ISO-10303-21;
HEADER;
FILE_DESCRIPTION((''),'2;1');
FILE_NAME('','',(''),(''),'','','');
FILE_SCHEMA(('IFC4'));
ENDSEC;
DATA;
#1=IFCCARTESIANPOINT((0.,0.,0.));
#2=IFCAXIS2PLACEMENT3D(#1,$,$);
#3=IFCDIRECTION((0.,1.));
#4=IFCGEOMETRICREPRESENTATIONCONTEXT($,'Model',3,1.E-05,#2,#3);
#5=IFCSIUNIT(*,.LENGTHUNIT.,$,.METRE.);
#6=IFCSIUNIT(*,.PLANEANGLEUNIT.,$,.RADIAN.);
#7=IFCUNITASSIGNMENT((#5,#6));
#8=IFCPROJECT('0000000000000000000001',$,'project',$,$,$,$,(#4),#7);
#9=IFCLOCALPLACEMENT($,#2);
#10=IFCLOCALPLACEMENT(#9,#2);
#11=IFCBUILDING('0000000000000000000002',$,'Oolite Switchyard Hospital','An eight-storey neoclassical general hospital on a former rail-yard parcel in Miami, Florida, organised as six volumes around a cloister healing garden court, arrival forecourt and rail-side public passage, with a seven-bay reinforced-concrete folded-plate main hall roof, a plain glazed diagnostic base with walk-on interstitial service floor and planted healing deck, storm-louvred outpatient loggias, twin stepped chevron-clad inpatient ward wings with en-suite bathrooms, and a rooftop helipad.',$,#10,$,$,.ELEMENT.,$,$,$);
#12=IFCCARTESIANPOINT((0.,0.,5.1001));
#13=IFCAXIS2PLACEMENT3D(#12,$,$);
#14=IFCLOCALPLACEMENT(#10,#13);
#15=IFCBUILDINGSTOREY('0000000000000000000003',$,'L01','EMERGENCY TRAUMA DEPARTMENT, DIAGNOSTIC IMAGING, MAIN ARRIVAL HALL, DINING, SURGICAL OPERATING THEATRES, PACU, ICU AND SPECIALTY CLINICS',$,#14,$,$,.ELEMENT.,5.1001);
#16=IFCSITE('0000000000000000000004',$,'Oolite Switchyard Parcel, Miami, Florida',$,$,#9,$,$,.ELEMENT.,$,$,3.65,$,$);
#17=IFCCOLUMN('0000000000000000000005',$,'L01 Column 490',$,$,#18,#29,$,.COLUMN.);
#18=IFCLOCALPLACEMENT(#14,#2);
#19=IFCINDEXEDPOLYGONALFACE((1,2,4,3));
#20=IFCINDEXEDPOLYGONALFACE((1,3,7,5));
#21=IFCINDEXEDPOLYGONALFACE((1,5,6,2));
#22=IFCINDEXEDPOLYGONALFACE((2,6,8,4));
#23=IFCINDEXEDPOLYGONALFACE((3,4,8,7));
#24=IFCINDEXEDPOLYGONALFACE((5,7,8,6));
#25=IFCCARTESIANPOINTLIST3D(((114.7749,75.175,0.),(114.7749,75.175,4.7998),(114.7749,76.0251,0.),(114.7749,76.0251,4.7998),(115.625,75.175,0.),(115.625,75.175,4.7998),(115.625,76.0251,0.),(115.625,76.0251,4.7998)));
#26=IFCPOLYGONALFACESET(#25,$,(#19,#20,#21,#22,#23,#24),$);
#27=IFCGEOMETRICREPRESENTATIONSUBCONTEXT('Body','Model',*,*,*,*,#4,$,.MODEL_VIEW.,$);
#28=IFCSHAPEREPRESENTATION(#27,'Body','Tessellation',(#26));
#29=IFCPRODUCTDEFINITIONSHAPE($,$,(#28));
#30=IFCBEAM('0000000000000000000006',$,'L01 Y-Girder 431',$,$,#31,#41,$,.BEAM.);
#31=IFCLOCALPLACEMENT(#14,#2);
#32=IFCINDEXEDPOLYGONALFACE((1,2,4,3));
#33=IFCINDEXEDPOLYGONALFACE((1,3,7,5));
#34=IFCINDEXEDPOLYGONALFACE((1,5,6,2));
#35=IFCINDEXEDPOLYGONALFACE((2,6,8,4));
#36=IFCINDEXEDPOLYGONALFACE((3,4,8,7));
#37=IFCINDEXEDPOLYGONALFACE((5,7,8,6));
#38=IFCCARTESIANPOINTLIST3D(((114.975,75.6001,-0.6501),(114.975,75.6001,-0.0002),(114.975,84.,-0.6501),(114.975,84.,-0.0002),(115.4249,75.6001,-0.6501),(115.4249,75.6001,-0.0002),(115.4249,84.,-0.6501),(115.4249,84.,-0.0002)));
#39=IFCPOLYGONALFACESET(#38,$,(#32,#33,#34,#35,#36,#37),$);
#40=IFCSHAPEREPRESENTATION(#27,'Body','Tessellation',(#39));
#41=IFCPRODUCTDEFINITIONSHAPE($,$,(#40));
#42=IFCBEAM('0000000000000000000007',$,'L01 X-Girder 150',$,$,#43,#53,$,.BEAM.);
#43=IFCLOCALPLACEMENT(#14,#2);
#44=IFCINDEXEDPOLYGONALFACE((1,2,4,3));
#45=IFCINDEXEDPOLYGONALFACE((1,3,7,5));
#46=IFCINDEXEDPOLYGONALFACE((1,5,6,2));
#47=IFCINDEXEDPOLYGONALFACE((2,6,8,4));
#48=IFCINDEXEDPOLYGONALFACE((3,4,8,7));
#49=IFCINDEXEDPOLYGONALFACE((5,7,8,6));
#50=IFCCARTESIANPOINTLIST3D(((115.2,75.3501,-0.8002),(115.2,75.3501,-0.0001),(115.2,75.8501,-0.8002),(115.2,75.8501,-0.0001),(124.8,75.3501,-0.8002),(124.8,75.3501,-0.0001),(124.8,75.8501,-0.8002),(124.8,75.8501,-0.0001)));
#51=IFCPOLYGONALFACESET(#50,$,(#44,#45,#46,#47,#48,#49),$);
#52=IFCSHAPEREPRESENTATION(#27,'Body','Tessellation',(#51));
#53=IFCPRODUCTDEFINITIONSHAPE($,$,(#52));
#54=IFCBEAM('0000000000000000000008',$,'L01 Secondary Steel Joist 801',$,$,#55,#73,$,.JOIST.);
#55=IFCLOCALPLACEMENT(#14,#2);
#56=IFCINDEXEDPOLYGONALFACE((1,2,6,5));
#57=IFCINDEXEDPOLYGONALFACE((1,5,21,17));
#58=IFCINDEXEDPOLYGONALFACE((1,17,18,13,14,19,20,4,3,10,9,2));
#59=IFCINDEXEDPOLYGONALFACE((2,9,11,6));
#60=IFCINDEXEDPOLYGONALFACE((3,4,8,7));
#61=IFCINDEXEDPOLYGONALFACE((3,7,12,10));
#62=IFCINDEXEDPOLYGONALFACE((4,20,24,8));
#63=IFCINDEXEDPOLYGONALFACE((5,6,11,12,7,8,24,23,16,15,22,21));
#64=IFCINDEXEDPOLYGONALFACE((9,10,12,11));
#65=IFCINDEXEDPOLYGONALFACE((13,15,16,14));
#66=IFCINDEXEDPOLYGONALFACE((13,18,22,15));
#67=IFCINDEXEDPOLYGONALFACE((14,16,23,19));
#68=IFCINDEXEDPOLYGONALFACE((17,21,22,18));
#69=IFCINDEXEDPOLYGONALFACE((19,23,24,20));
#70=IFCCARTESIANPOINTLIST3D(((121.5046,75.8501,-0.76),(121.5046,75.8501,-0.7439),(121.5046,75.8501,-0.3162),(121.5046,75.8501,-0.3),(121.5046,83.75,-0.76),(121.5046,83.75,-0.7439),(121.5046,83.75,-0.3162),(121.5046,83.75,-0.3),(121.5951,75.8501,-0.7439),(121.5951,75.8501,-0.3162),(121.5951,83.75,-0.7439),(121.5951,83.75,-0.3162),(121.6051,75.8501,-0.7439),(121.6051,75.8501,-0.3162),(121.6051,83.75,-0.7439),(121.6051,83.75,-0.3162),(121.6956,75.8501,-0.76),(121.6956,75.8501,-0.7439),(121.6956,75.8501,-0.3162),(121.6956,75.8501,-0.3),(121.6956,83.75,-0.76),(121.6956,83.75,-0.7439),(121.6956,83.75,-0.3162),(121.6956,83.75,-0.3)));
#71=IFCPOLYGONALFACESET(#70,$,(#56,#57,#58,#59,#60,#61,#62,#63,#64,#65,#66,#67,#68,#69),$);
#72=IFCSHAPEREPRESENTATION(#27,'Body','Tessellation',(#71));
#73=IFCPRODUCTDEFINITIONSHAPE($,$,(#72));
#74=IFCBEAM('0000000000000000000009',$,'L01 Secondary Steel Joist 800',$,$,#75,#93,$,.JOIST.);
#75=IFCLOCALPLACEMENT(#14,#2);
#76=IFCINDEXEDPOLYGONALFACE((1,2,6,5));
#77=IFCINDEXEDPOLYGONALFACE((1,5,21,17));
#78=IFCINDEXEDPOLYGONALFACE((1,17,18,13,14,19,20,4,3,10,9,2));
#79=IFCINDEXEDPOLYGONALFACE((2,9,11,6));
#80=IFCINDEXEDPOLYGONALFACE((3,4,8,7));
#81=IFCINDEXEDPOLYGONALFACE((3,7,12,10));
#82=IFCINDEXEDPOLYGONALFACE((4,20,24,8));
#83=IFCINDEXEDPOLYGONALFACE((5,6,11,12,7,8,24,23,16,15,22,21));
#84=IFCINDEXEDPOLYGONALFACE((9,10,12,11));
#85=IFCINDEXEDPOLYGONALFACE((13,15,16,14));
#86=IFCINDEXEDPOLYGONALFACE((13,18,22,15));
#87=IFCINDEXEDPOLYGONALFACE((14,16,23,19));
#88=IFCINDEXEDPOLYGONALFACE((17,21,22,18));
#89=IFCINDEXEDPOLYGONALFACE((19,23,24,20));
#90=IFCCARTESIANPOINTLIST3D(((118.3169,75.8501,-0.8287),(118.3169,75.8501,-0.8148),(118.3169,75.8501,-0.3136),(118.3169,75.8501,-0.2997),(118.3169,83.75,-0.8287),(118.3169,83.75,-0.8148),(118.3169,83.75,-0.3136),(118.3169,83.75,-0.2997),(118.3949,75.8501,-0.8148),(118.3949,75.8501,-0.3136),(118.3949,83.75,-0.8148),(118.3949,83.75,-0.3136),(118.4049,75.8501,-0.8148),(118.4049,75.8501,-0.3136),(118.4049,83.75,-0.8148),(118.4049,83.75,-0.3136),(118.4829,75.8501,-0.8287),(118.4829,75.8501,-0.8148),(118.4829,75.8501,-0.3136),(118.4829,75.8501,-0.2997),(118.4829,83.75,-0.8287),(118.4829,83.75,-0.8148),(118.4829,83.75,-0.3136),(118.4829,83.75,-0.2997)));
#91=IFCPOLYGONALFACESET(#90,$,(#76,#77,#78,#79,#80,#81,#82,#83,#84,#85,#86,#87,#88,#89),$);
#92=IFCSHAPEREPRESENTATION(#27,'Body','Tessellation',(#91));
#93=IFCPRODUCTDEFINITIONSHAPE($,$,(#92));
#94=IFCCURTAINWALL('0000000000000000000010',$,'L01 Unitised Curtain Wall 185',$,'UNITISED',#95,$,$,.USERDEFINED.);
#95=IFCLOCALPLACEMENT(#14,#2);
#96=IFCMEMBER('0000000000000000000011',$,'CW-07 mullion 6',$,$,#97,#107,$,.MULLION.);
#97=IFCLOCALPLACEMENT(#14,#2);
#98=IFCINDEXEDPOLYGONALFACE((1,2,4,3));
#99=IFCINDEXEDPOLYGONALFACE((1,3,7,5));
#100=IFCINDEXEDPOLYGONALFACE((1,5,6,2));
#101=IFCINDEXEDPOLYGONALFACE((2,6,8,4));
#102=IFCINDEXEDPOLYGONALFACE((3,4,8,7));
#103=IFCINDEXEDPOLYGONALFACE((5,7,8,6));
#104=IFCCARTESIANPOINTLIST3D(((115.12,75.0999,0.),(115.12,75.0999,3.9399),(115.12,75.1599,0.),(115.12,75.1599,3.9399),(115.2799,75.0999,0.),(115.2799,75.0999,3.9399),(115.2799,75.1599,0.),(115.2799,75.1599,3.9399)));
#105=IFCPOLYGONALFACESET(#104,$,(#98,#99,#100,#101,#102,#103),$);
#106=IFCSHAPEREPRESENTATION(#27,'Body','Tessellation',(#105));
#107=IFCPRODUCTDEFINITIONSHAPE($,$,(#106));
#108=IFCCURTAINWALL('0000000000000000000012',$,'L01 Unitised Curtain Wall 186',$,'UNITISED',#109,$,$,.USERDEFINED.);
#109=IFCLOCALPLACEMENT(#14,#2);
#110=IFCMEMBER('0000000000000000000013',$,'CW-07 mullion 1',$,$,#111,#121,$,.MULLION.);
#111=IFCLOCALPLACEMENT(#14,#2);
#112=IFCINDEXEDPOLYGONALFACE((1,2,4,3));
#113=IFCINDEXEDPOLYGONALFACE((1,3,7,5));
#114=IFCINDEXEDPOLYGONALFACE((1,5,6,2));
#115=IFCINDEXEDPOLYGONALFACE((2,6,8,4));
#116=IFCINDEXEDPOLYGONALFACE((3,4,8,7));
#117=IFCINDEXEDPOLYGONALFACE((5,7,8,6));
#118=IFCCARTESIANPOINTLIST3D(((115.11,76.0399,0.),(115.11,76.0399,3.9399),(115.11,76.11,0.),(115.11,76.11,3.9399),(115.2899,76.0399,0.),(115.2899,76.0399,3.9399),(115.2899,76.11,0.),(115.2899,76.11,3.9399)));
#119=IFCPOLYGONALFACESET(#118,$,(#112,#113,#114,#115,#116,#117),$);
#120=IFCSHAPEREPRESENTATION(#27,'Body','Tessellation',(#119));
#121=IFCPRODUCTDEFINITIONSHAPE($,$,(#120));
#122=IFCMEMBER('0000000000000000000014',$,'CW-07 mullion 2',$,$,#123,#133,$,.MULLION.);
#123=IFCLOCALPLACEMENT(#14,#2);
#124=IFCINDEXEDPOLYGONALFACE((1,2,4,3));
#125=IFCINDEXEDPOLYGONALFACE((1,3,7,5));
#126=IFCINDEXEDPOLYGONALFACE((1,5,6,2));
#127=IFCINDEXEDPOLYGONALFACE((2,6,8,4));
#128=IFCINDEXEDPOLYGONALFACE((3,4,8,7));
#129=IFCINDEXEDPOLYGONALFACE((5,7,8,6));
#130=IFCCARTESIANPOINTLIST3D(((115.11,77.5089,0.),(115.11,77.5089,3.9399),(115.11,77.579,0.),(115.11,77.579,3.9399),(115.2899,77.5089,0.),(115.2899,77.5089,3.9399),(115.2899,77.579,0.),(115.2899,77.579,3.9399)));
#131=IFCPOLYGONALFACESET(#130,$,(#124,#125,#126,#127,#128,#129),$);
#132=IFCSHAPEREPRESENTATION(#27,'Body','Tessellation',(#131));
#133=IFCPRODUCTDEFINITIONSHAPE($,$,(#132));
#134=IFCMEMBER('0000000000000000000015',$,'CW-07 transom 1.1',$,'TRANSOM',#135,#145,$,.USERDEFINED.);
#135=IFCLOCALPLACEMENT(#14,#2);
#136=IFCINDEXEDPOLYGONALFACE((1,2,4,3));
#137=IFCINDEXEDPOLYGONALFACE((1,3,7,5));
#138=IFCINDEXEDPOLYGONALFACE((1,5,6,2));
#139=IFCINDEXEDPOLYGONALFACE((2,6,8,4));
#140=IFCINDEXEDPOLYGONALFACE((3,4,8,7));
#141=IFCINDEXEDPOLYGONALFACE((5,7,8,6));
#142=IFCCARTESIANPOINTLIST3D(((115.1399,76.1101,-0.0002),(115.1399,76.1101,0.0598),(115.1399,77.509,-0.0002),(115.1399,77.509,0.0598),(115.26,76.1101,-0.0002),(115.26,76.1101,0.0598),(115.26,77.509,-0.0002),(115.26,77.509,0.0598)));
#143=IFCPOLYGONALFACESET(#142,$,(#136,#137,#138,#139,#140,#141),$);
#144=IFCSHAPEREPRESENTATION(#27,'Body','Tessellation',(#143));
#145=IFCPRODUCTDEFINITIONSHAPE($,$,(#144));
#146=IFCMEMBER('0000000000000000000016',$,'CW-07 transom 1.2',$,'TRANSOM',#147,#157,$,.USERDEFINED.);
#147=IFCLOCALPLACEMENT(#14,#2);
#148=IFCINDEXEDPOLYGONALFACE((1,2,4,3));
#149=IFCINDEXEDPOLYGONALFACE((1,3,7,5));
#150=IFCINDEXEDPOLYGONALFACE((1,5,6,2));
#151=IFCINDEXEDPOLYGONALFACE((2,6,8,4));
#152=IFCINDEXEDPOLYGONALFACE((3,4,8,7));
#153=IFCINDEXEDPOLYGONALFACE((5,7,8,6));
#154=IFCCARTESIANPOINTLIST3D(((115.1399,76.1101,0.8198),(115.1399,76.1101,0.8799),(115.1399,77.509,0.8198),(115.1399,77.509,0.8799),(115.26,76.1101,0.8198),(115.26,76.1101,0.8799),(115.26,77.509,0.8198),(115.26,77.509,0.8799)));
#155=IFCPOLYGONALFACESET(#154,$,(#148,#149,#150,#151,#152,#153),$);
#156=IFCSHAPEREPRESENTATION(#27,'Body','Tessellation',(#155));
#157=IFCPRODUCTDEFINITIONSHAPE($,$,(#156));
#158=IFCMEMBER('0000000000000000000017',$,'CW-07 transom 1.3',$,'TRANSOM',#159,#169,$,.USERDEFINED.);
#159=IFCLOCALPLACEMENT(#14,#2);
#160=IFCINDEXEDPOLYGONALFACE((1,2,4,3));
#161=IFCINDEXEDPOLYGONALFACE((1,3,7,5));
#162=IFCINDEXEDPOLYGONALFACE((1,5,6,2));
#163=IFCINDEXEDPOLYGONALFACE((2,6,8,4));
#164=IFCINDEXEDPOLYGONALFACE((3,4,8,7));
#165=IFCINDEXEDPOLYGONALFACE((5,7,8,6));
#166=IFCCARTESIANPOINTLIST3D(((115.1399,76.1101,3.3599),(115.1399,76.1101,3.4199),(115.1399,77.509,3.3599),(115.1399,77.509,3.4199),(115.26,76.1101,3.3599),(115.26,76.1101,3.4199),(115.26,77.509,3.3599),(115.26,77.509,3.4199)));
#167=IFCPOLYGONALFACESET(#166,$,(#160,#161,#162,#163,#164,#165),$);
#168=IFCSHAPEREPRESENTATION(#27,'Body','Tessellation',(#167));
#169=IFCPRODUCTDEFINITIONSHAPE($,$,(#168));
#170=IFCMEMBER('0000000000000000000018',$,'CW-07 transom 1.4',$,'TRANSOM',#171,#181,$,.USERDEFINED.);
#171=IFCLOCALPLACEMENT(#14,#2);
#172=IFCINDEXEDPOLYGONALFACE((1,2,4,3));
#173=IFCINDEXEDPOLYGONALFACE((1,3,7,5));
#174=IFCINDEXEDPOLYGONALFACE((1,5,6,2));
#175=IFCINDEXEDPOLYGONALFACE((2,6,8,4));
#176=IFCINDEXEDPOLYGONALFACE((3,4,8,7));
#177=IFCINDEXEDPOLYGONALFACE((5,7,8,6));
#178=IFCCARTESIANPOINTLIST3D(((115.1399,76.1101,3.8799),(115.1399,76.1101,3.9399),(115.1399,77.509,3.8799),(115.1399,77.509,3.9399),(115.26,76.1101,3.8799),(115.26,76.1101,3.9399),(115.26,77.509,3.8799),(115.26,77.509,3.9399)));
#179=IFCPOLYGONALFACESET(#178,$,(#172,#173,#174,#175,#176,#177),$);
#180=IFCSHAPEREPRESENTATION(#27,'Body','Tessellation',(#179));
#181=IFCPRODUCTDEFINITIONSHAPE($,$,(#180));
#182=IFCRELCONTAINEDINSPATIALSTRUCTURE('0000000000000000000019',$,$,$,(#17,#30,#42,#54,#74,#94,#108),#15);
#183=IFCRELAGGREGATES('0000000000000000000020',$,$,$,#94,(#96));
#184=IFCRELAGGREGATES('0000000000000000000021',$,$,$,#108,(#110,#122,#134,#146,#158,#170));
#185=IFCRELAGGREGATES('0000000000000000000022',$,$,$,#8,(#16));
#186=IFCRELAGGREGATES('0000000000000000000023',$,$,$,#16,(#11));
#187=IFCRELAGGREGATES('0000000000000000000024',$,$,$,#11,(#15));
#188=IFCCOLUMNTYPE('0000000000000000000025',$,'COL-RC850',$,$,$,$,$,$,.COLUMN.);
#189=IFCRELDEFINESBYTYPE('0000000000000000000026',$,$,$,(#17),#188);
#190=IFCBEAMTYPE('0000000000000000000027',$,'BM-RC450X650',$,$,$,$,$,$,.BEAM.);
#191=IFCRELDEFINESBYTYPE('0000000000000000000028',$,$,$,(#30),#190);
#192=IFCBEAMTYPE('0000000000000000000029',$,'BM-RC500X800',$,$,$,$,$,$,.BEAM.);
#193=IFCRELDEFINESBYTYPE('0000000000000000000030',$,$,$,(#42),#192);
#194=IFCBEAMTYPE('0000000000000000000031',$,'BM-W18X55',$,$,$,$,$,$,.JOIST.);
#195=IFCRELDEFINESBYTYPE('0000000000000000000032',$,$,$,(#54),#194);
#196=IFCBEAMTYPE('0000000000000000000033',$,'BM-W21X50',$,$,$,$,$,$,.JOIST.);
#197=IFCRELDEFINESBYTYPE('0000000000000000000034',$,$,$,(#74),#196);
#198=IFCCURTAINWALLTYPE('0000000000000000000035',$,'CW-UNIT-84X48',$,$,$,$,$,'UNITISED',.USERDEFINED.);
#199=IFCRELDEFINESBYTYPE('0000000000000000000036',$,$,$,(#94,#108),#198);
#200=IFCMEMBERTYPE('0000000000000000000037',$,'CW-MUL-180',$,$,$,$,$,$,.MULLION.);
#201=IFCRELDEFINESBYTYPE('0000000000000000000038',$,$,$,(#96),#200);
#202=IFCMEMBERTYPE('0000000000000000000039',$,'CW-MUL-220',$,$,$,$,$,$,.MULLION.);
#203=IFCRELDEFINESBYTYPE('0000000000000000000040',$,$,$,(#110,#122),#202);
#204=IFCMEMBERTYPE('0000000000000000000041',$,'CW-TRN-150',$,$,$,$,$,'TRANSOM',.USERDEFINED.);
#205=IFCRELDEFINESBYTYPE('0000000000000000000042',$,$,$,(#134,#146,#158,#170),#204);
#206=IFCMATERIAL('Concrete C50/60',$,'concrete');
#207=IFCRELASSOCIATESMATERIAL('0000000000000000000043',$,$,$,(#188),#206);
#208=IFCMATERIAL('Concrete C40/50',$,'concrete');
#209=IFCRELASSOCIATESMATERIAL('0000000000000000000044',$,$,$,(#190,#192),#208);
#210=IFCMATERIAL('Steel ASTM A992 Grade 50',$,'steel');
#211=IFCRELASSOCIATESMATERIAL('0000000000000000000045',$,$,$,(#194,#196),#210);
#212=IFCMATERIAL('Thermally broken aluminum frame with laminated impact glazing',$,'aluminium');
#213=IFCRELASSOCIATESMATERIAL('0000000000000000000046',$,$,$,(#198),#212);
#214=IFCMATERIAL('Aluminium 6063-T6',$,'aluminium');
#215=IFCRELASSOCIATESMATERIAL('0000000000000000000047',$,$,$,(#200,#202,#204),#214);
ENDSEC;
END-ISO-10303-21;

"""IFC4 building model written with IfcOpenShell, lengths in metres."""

from ifc_helpers import new_model, si_unit, direction, frame, origin, origin_2d, place, context, subcontext, project, spatial, rectangle, i_section, extrude, material, material_profile, profile_set, type_object, element, aggregate, save


model = new_model("IFC4")

# Units and contexts
model_context = context("Model", 3, precision=1e-05, world=origin(), true_north=direction((0.0, 1.0)))
body_context = subcontext(model_context, "Body", "Model", "MODEL_VIEW")
ifc_project = project(units=[si_unit("LENGTHUNIT", "METRE"), si_unit("PLANEANGLEUNIT", "RADIAN")], contexts=[model_context])

# Site, building, storey
site_placement = place(None, origin())
site = spatial("IfcSite", under=ifc_project, at=site_placement, Name="Oolite Switchyard Parcel, Miami, Florida", CompositionType="ELEMENT", RefElevation=3.65)
building_placement = place(site_placement, origin())
building = spatial("IfcBuilding", under=site, at=building_placement, Name="Oolite Switchyard Hospital", Description="An eight-storey neoclassical general hospital on a former rail-yard parcel in Miami, Florida, organised as six volumes around a cloister healing garden court, arrival forecourt and rail-side public passage, with a seven-bay reinforced-concrete folded-plate main hall roof, a plain glazed diagnostic base with walk-on interstitial service floor and planted healing deck, storm-louvred outpatient loggias, twin stepped chevron-clad inpatient ward wings with en-suite bathrooms, and a rooftop helipad.", CompositionType="ELEMENT")
storey_placement = place(building_placement, frame((0.0, 0.0, 5.1001)))
storey = spatial("IfcBuildingStorey", under=building, at=storey_placement, Name="L01", Description="EMERGENCY TRAUMA DEPARTMENT, DIAGNOSTIC IMAGING, MAIN ARRIVAL HALL, DINING, SURGICAL OPERATING THEATRES, PACU, ICU AND SPECIALTY CLINICS", CompositionType="ELEMENT", Elevation=5.1001)

# Column
ifc_material_1 = material(Name="Concrete C50/60", Category="concrete")
ifc_material_profile_1 = material_profile(ifc_material_1, rectangle(XDim=0.8501, YDim=0.8501, at=origin_2d()), Name="RC850X850")
ifc_profile_set_1 = profile_set([ifc_material_profile_1], Name="Concrete C50/60")
column_type = type_object("IfcColumnType", Name="COL-RC850", PredefinedType="COLUMN", material=ifc_profile_set_1)
column_placement = place(storey_placement, frame((115.2, 75.6001, 0.0), z_axis=(0.0, 0.0, 1.0), x_axis=(1.0, 0.0, 0.0)))
element("IfcColumn", 1, at=column_placement, inside=storey, type_object=column_type, Name="L01 Column 490", PredefinedType="COLUMN", context=body_context, shape_type="SweptSolid", body=[
    extrude(rectangle(XDim=0.8501, YDim=0.8501, at=origin_2d()), origin(), (0.0, 0.0, 1.0), 4.7998),
])

# Beams
ifc_material_2 = material(Name="Concrete C40/50", Category="concrete")
ifc_material_profile_2 = material_profile(ifc_material_2, rectangle(XDim=0.45, YDim=0.6499, at=origin_2d()), Name="RCB450X650")
ifc_profile_set_2 = profile_set([ifc_material_profile_2], Name="Concrete C40/50")
beam_type_1 = type_object("IfcBeamType", Name="BM-RC450X650", PredefinedType="BEAM", material=ifc_profile_set_2)
beam_1_placement = place(storey_placement, frame((115.2, 75.6001, -0.3252), z_axis=(0.0, 1.0, 0.0), x_axis=(-1.0, 0.0, 0.0)))
element("IfcBeam", 2, at=beam_1_placement, inside=storey, type_object=beam_type_1, Name="L01 Y-Girder 431", PredefinedType="BEAM", context=body_context, shape_type="SweptSolid", body=[
    extrude(rectangle(XDim=0.45, YDim=0.6499, at=origin_2d()), origin(), (0.0, 0.0, 1.0), 8.3999),
])
ifc_material_profile_3 = material_profile(ifc_material_2, rectangle(XDim=0.5, YDim=0.8, at=origin_2d()), Name="RCB500X800")
ifc_profile_set_3 = profile_set([ifc_material_profile_3], Name="Concrete C40/50")
beam_type_2 = type_object("IfcBeamType", Name="BM-RC500X800", PredefinedType="BEAM", material=ifc_profile_set_3)
beam_2_placement = place(storey_placement, frame((115.2, 75.6001, -0.4001), z_axis=(1.0, 0.0, 0.0), x_axis=(0.0, 1.0, 0.0)))
element("IfcBeam", 3, at=beam_2_placement, inside=storey, type_object=beam_type_2, Name="L01 X-Girder 150", PredefinedType="BEAM", context=body_context, shape_type="SweptSolid", body=[
    extrude(rectangle(XDim=0.5, YDim=0.8, at=origin_2d()), origin(), (0.0, 0.0, 1.0), 9.6001),
])
ifc_material_3 = material(Name="Steel ASTM A992 Grade 50", Category="steel")
ifc_material_profile_4 = material_profile(ifc_material_3, i_section(OverallWidth=0.1909, OverallDepth=0.46, WebThickness=0.01, FlangeThickness=0.0161, at=origin_2d()), Name="W18X55")
ifc_profile_set_4 = profile_set([ifc_material_profile_4], Name="Steel ASTM A992 Grade 50")
beam_type_3 = type_object("IfcBeamType", Name="BM-W18X55", PredefinedType="JOIST", material=ifc_profile_set_4)
beam_3_placement = place(storey_placement, frame((121.6001, 75.8501, -0.53), z_axis=(0.0, 1.0, 0.0), x_axis=(-1.0, 0.0, 0.0)))
element("IfcBeam", 4, at=beam_3_placement, inside=storey, type_object=beam_type_3, Name="L01 Secondary Steel Joist 801", PredefinedType="JOIST", context=body_context, shape_type="SweptSolid", body=[
    extrude(i_section(OverallWidth=0.1909, OverallDepth=0.46, WebThickness=0.01, FlangeThickness=0.0161, at=origin_2d()), origin(), (0.0, 0.0, 1.0), 7.8999),
])
ifc_material_profile_5 = material_profile(ifc_material_3, i_section(OverallWidth=0.166, OverallDepth=0.5291, WebThickness=0.01, FlangeThickness=0.0139, at=origin_2d()), Name="W21X50")
ifc_profile_set_5 = profile_set([ifc_material_profile_5], Name="Steel ASTM A992 Grade 50")
beam_type_4 = type_object("IfcBeamType", Name="BM-W21X50", PredefinedType="JOIST", material=ifc_profile_set_5)
beam_4_placement = place(storey_placement, frame((118.3999, 75.8501, -0.5642), z_axis=(0.0, 1.0, 0.0), x_axis=(-1.0, 0.0, 0.0)))
element("IfcBeam", 5, at=beam_4_placement, inside=storey, type_object=beam_type_4, Name="L01 Secondary Steel Joist 800", PredefinedType="JOIST", context=body_context, shape_type="SweptSolid", body=[
    extrude(i_section(OverallWidth=0.166, OverallDepth=0.5291, WebThickness=0.01, FlangeThickness=0.0139, at=origin_2d()), origin(), (0.0, 0.0, 1.0), 7.8999),
])

# Curtain wall, member
ifc_material_4 = material(Name="Thermally broken aluminum frame with laminated impact glazing", Category="aluminium")
curtain_wall_type = type_object("IfcCurtainWallType", Name="CW-UNIT-84X48", ElementType="UNITISED", PredefinedType="USERDEFINED", material=ifc_material_4)
curtain_wall_1_placement = place(storey_placement, origin())
curtain_wall_1 = element("IfcCurtainWall", 6, at=curtain_wall_1_placement, inside=storey, type_object=curtain_wall_type, Name="L01 Unitised Curtain Wall 185", ObjectType="UNITISED", PredefinedType="USERDEFINED")
ifc_material_5 = material(Name="Aluminium 6063-T6", Category="aluminium")
ifc_material_profile_6 = material_profile(ifc_material_5, rectangle(XDim=0.1599, YDim=0.0601, at=origin_2d()), Name="CWM60X160")
ifc_profile_set_6 = profile_set([ifc_material_profile_6], Name="Aluminium 6063-T6")
member_type_1 = type_object("IfcMemberType", Name="CW-MUL-180", PredefinedType="MULLION", material=ifc_profile_set_6)
member_1_placement = place(storey_placement, frame((115.2, 75.1299, 0.0), z_axis=(0.0, 0.0, 1.0), x_axis=(-1.0, 0.0, 0.0)))
member_1 = element("IfcMember", 7, at=member_1_placement, type_object=member_type_1, Name="CW-07 mullion 6", PredefinedType="MULLION", context=body_context, shape_type="SweptSolid", body=[
    extrude(rectangle(XDim=0.1599, YDim=0.0601, at=origin_2d()), origin(), (0.0, 0.0, 1.0), 3.9399),
])

# Curtain wall, members
curtain_wall_2_placement = place(storey_placement, origin())
curtain_wall_2 = element("IfcCurtainWall", 8, at=curtain_wall_2_placement, inside=storey, type_object=curtain_wall_type, Name="L01 Unitised Curtain Wall 186", ObjectType="UNITISED", PredefinedType="USERDEFINED")
ifc_material_profile_7 = material_profile(ifc_material_5, rectangle(XDim=0.1799, YDim=0.0701, at=origin_2d()), Name="CWM70X180")
ifc_profile_set_7 = profile_set([ifc_material_profile_7], Name="Aluminium 6063-T6")
member_type_2 = type_object("IfcMemberType", Name="CW-MUL-220", PredefinedType="MULLION", material=ifc_profile_set_7)
member_2_placement = place(storey_placement, frame((115.2, 76.075, 0.0), z_axis=(0.0, 0.0, 1.0), x_axis=(-1.0, 0.0, 0.0)))
member_2 = element("IfcMember", 9, at=member_2_placement, type_object=member_type_2, Name="CW-07 mullion 1", PredefinedType="MULLION", context=body_context, shape_type="SweptSolid", body=[
    extrude(rectangle(XDim=0.1799, YDim=0.0701, at=origin_2d()), origin(), (0.0, 0.0, 1.0), 3.9399),
])
member_3_placement = place(storey_placement, frame((115.2, 77.5439, 0.0), z_axis=(0.0, 0.0, 1.0), x_axis=(-1.0, 0.0, 0.0)))
member_3 = element("IfcMember", 10, at=member_3_placement, type_object=member_type_2, Name="CW-07 mullion 2", PredefinedType="MULLION", context=body_context, shape_type="SweptSolid", body=[
    extrude(rectangle(XDim=0.1799, YDim=0.0701, at=origin_2d()), origin(), (0.0, 0.0, 1.0), 3.9399),
])
ifc_material_profile_8 = material_profile(ifc_material_5, rectangle(XDim=0.1201, YDim=0.0601, at=origin_2d()), Name="CWT60X120")
ifc_profile_set_8 = profile_set([ifc_material_profile_8], Name="Aluminium 6063-T6")
member_type_3 = type_object("IfcMemberType", Name="CW-TRN-150", ElementType="TRANSOM", PredefinedType="USERDEFINED", material=ifc_profile_set_8)
member_4_placement = place(storey_placement, frame((115.2, 76.1101, 0.0298), z_axis=(0.0, 1.0, 0.0), x_axis=(-1.0, 0.0, 0.0)))
member_4 = element("IfcMember", 11, at=member_4_placement, type_object=member_type_3, Name="CW-07 transom 1.1", ObjectType="TRANSOM", PredefinedType="USERDEFINED", context=body_context, shape_type="SweptSolid", body=[
    extrude(rectangle(XDim=0.1201, YDim=0.0601, at=origin_2d()), origin(), (0.0, 0.0, 1.0), 1.3989),
])
member_5_placement = place(storey_placement, frame((115.2, 76.1101, 0.8499), z_axis=(0.0, 1.0, 0.0), x_axis=(-1.0, 0.0, 0.0)))
member_5 = element("IfcMember", 12, at=member_5_placement, type_object=member_type_3, Name="CW-07 transom 1.2", ObjectType="TRANSOM", PredefinedType="USERDEFINED", context=body_context, shape_type="SweptSolid", body=[
    extrude(rectangle(XDim=0.1201, YDim=0.0601, at=origin_2d()), origin(), (0.0, 0.0, 1.0), 1.3989),
])
member_6_placement = place(storey_placement, frame((115.2, 76.1101, 3.3899), z_axis=(0.0, 1.0, 0.0), x_axis=(-1.0, 0.0, 0.0)))
member_6 = element("IfcMember", 13, at=member_6_placement, type_object=member_type_3, Name="CW-07 transom 1.3", ObjectType="TRANSOM", PredefinedType="USERDEFINED", context=body_context, shape_type="SweptSolid", body=[
    extrude(rectangle(XDim=0.1201, YDim=0.0601, at=origin_2d()), origin(), (0.0, 0.0, 1.0), 1.3989),
])
member_7_placement = place(storey_placement, frame((115.2, 76.1101, 3.9099), z_axis=(0.0, 1.0, 0.0), x_axis=(-1.0, 0.0, 0.0)))
member_7 = element("IfcMember", 14, at=member_7_placement, type_object=member_type_3, Name="CW-07 transom 1.4", ObjectType="TRANSOM", PredefinedType="USERDEFINED", context=body_context, shape_type="SweptSolid", body=[
    extrude(rectangle(XDim=0.1201, YDim=0.0601, at=origin_2d()), origin(), (0.0, 0.0, 1.0), 1.3989),
])

aggregate(curtain_wall_1, [member_1])
aggregate(curtain_wall_2, [member_2, member_3, member_4, member_5, member_6, member_7])

save(model, "model.ifc")
